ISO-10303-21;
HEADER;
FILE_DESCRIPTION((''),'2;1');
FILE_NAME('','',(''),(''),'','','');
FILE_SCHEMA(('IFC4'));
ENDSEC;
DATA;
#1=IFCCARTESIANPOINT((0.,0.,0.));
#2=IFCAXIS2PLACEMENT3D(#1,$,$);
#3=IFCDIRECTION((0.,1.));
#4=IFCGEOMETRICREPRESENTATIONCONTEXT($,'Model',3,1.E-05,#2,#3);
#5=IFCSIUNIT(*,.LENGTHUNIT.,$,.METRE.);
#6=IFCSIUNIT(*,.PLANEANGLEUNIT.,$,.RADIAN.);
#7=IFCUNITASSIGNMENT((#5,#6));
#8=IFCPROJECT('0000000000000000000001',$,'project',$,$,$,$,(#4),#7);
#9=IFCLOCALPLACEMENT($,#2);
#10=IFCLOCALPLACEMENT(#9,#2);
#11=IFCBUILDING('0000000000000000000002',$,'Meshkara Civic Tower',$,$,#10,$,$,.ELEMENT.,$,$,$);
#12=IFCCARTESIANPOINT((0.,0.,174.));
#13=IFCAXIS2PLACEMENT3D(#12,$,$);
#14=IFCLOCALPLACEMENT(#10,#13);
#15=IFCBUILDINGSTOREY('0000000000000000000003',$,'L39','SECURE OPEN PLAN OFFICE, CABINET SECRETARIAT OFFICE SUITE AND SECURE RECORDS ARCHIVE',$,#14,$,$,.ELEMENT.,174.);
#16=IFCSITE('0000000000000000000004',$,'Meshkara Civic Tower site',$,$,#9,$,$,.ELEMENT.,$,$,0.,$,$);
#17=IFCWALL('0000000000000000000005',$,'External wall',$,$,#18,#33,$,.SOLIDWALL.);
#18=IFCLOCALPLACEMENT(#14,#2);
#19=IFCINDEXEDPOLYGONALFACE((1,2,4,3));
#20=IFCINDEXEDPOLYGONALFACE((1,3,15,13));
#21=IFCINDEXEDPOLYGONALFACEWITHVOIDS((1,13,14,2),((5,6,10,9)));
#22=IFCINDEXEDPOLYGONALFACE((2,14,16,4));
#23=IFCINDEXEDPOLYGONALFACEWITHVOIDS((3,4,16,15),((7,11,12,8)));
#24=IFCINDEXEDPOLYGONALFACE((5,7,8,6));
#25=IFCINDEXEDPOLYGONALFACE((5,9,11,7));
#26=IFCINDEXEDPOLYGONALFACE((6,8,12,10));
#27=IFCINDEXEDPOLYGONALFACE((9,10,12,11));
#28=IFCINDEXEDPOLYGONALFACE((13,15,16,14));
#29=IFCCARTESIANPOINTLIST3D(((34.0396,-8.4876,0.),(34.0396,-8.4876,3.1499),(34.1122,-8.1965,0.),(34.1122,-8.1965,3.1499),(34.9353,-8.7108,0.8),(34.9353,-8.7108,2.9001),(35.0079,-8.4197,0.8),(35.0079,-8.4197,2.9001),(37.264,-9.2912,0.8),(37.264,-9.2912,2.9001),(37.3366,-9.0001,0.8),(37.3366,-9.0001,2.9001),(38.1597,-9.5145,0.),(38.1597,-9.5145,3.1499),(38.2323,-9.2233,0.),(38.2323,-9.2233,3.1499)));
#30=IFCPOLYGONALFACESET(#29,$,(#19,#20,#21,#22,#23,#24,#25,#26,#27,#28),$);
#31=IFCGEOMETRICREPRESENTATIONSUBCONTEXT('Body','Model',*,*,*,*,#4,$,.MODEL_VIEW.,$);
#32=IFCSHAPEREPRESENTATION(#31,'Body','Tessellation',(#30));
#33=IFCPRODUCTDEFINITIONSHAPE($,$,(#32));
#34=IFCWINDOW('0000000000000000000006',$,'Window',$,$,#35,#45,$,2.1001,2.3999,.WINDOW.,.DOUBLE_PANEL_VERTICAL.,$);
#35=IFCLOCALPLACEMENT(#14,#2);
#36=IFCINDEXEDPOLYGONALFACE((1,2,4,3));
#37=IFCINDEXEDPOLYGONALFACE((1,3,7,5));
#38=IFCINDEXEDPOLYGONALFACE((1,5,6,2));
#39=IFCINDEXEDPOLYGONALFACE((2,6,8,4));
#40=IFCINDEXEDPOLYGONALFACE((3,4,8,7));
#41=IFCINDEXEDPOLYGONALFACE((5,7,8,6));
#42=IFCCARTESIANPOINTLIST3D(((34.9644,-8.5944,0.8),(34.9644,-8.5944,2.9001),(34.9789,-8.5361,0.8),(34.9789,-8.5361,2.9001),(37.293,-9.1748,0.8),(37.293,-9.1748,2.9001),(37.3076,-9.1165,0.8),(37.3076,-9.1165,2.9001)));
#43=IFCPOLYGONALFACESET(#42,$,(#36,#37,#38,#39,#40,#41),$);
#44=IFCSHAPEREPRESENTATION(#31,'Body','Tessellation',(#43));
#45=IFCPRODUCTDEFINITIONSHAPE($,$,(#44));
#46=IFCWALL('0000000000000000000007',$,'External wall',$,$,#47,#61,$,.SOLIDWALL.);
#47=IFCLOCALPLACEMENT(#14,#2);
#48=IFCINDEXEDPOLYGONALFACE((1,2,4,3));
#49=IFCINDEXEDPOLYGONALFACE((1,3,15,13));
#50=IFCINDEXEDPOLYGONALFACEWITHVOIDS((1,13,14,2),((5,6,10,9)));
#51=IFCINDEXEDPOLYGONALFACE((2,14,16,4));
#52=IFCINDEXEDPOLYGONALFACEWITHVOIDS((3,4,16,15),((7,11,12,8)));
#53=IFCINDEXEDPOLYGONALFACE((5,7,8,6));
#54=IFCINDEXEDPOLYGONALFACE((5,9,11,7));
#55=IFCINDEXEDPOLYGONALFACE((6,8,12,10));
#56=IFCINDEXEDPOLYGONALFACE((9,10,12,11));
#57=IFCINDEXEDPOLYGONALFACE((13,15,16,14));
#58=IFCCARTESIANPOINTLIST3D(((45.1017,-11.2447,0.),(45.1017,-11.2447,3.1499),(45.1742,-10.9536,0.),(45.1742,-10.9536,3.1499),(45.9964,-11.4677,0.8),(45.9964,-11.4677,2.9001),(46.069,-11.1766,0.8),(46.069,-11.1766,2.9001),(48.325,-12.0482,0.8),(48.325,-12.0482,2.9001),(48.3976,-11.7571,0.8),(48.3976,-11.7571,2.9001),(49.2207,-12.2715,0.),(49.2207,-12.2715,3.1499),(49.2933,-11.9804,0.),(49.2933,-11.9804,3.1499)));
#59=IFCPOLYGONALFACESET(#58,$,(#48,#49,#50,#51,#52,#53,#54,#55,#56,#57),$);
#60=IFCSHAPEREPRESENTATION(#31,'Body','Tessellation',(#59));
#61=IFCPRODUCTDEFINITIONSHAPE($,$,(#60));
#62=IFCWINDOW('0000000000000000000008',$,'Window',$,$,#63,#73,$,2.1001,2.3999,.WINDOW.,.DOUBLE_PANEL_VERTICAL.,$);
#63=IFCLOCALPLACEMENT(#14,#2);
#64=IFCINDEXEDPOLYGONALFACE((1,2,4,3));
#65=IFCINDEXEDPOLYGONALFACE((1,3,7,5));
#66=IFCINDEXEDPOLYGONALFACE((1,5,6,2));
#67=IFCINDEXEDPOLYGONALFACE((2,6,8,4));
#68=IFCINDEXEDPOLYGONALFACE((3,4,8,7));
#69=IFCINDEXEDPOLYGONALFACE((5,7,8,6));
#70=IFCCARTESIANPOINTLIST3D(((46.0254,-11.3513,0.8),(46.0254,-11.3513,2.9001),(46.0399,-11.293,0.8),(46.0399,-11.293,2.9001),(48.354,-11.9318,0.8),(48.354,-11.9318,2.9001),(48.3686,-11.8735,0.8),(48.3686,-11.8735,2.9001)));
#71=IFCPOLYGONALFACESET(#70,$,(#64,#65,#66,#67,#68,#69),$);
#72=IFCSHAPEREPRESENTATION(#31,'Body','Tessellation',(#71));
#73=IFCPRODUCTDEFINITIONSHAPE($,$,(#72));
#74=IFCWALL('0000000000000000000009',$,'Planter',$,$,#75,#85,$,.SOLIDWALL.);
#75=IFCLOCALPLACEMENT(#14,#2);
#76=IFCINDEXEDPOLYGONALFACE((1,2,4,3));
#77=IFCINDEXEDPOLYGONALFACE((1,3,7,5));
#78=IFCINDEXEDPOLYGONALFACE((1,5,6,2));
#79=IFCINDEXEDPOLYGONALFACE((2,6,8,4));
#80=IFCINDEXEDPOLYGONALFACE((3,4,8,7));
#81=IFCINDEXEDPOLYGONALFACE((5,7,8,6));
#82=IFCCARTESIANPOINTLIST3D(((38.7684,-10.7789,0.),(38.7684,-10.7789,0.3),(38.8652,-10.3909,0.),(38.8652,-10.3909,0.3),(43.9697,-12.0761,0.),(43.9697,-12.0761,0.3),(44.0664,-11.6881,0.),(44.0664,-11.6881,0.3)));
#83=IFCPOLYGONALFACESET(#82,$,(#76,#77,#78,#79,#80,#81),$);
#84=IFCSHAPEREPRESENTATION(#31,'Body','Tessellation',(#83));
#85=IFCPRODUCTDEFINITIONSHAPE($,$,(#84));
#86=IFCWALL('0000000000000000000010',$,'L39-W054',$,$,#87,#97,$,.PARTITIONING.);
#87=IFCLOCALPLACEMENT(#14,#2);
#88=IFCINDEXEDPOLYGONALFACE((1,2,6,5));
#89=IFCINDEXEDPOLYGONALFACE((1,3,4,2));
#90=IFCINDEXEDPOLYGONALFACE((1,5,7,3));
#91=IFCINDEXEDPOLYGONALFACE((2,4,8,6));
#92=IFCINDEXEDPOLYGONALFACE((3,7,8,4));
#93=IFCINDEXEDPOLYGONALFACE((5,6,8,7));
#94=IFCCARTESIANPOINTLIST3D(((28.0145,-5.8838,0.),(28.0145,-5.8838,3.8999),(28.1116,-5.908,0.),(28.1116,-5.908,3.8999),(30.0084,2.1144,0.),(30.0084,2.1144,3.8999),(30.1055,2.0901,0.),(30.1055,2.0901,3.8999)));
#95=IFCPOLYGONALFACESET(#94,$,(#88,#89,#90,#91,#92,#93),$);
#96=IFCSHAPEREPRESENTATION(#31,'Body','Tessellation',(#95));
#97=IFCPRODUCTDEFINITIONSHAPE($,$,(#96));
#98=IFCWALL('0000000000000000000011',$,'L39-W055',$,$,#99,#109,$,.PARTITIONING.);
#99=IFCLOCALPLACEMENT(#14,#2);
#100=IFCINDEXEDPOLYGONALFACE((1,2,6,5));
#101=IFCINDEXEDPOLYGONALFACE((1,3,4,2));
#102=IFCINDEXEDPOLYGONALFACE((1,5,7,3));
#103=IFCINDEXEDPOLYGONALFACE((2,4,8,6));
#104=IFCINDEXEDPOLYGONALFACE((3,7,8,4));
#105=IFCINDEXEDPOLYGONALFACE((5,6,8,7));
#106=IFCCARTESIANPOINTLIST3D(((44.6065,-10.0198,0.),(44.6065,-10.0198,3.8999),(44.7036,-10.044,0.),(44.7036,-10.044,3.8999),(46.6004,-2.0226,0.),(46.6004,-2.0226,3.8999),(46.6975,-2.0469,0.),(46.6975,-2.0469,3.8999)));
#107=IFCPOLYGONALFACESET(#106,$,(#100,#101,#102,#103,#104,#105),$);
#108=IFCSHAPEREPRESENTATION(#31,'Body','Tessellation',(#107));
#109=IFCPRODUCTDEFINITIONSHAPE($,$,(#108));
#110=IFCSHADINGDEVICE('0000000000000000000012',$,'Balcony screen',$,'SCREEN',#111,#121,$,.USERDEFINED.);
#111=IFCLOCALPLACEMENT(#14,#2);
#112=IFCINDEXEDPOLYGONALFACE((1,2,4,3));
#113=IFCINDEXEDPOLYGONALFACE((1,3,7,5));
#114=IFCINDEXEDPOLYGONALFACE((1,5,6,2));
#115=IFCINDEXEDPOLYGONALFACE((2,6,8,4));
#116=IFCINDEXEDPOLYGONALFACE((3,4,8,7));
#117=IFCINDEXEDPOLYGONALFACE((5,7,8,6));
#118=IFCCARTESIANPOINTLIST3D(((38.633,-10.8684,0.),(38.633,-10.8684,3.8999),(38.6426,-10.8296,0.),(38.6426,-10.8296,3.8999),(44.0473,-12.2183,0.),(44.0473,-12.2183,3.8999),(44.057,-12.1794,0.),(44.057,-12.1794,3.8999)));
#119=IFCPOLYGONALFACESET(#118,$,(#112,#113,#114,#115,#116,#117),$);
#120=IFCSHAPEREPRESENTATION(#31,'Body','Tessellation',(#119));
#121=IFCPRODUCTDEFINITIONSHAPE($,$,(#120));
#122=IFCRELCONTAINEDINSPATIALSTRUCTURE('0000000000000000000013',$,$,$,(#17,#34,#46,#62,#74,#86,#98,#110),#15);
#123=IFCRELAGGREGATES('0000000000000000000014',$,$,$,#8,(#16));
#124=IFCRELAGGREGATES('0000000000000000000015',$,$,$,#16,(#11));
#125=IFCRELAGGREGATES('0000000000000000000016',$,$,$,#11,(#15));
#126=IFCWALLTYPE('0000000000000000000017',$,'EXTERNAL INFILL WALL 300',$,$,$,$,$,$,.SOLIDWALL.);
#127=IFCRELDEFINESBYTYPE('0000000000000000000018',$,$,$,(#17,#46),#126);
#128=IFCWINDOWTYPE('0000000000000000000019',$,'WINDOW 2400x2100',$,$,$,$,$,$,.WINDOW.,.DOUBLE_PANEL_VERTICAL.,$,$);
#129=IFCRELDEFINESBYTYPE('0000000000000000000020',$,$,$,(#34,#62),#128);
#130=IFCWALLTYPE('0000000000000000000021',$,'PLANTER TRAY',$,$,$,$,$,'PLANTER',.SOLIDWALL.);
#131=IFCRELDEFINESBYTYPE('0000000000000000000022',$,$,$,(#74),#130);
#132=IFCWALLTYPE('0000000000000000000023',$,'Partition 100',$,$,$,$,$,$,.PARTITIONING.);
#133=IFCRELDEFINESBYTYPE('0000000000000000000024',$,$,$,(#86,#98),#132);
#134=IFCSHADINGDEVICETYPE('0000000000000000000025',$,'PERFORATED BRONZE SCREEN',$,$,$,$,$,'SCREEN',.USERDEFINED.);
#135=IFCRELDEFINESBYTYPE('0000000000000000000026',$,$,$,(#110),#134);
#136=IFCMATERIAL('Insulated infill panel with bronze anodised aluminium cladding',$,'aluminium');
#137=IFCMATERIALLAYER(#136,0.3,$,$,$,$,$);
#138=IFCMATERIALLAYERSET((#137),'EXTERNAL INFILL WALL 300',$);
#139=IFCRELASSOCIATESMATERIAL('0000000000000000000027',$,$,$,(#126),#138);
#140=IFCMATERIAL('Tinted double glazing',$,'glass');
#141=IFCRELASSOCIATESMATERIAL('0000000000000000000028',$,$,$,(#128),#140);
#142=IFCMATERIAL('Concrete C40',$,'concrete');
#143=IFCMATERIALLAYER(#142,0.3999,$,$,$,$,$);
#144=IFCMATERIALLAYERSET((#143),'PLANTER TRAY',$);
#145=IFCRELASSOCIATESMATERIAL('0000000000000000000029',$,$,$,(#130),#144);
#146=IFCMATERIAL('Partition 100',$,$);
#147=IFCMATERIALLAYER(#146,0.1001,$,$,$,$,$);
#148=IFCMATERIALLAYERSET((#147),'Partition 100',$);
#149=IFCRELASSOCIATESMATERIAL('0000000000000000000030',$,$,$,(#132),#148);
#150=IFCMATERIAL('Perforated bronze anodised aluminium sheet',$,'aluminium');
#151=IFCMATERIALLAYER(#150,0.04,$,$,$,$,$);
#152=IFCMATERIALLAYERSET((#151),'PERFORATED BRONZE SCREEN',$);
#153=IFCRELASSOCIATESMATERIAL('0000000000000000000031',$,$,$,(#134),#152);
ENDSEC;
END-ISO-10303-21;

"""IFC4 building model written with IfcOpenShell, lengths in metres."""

from ifc_helpers import new_model, si_unit, direction, frame, frame_2d, origin, origin_2d, place, context, subcontext, project, spatial, rectangle, extrude, material, layer, layer_set, type_object, element, fill, save


model = new_model("IFC4")

# Units and contexts
model_context = context("Model", 3, precision=1e-05, world=origin(), true_north=direction((0.0, 1.0)))
body_context = subcontext(model_context, "Body", "Model", "MODEL_VIEW")
ifc_project = project(units=[si_unit("LENGTHUNIT", "METRE"), si_unit("PLANEANGLEUNIT", "RADIAN")], contexts=[model_context])

# Site, building, storey
site_placement = place(None, origin())
site = spatial("IfcSite", under=ifc_project, at=site_placement, Name="Meshkara Civic Tower site", CompositionType="ELEMENT", RefElevation=0.0)
building_placement = place(site_placement, origin())
building = spatial("IfcBuilding", under=site, at=building_placement, Name="Meshkara Civic Tower", CompositionType="ELEMENT")
storey_placement = place(building_placement, frame((0.0, 0.0, 174.0)))
storey = spatial("IfcBuildingStorey", under=building, at=storey_placement, Name="L39", Description="SECURE OPEN PLAN OFFICE, CABINET SECRETARIAT OFFICE SUITE AND SECURE RECORDS ARCHIVE", CompositionType="ELEMENT", Elevation=174.0)

# Walls, openings, windows
ifc_material_1 = material(Name="Insulated infill panel with bronze anodised aluminium cladding", Category="aluminium")
ifc_layer_1 = layer(ifc_material_1, 0.3)
ifc_layer_set_1 = layer_set([ifc_layer_1], Name="EXTERNAL INFILL WALL 300")
wall_type_1 = type_object("IfcWallType", Name="EXTERNAL INFILL WALL 300", PredefinedType="SOLIDWALL", material=ifc_layer_set_1)
ifc_material_2 = material(Name="Tinted double glazing", Category="glass")
window_type = type_object("IfcWindowType", Name="WINDOW 2400x2100", PartitioningType="DOUBLE_PANEL_VERTICAL", PredefinedType="WINDOW", material=ifc_material_2)
wall_1_placement = place(storey_placement, frame((34.0759, -8.342, 0.0), z_axis=(0.0, 0.0, 1.0), x_axis=(0.970318, -0.241832, 0.0)))
wall_1 = element("IfcWall", 1, at=wall_1_placement, inside=storey, type_object=wall_type_1, Name="External wall", PredefinedType="SOLIDWALL", context=body_context, shape_type="SweptSolid", body=[
    extrude(rectangle(XDim=4.2461, YDim=0.3, at=frame_2d((2.123, 0.0))), origin(), (0.0, 0.0, 1.0), 3.1499),
])
opening_1_placement = place(wall_1_placement, frame((0.9231, 0.0, 0.8)))
opening_1 = element("IfcOpeningElement", 2, at=opening_1_placement, cuts=wall_1, PredefinedType="OPENING", context=body_context, shape_type="SweptSolid", body=[
    extrude(rectangle(XDim=2.3999, YDim=2.1001, at=frame_2d((1.2, 1.05))), frame((0.0, 0.1599, 0.0), z_axis=(0.0, -1.0, 0.0), x_axis=(1.0, 0.0, 0.0)), (0.0, 0.0, 1.0), 0.3201),
])
window_1_placement = place(opening_1_placement, origin())
window_1 = element("IfcWindow", 3, at=window_1_placement, inside=storey, type_object=window_type, Name="Window", OverallHeight=2.1001, OverallWidth=2.3999, PartitioningType="DOUBLE_PANEL_VERTICAL", PredefinedType="WINDOW", context=body_context, shape_type="SweptSolid", body=[
    extrude(rectangle(XDim=2.3999, YDim=2.1001, at=frame_2d((1.2, 1.05))), frame((0.0, 0.03, 0.0), z_axis=(0.0, -1.0, 0.0), x_axis=(1.0, 0.0, 0.0)), (0.0, 0.0, 1.0), 0.0601),
])
fill(opening_1, window_1)
wall_2_placement = place(storey_placement, frame((45.1379, -11.0991, 0.0), z_axis=(0.0, 0.0, 1.0), x_axis=(0.970305, -0.241886, 0.0)))
wall_2 = element("IfcWall", 4, at=wall_2_placement, inside=storey, type_object=wall_type_1, Name="External wall", PredefinedType="SOLIDWALL", context=body_context, shape_type="SweptSolid", body=[
    extrude(rectangle(XDim=4.2451, YDim=0.3, at=frame_2d((2.1226, 0.0))), origin(), (0.0, 0.0, 1.0), 3.1499),
])
opening_2_placement = place(wall_2_placement, frame((0.9221, 0.0, 0.8)))
opening_2 = element("IfcOpeningElement", 5, at=opening_2_placement, cuts=wall_2, PredefinedType="OPENING", context=body_context, shape_type="SweptSolid", body=[
    extrude(rectangle(XDim=2.3999, YDim=2.1001, at=frame_2d((1.2, 1.05))), frame((0.0, 0.1599, 0.0), z_axis=(0.0, -1.0, 0.0), x_axis=(1.0, 0.0, 0.0)), (0.0, 0.0, 1.0), 0.3201),
])
window_2_placement = place(opening_2_placement, origin())
window_2 = element("IfcWindow", 6, at=window_2_placement, inside=storey, type_object=window_type, Name="Window", OverallHeight=2.1001, OverallWidth=2.3999, PartitioningType="DOUBLE_PANEL_VERTICAL", PredefinedType="WINDOW", context=body_context, shape_type="SweptSolid", body=[
    extrude(rectangle(XDim=2.3999, YDim=2.1001, at=frame_2d((1.2, 1.05))), frame((0.0, 0.03, 0.0), z_axis=(0.0, -1.0, 0.0), x_axis=(1.0, 0.0, 0.0)), (0.0, 0.0, 1.0), 0.0601),
])
fill(opening_2, window_2)

# Walls
ifc_material_3 = material(Name="Concrete C40", Category="concrete")
ifc_layer_2 = layer(ifc_material_3, 0.3999)
ifc_layer_set_2 = layer_set([ifc_layer_2], Name="PLANTER TRAY")
wall_type_2 = type_object("IfcWallType", Name="PLANTER TRAY", ElementType="PLANTER", PredefinedType="SOLIDWALL", material=ifc_layer_set_2)
wall_3_placement = place(storey_placement, frame((38.8169, -10.585, 0.0), z_axis=(0.0, 0.0, 1.0), x_axis=(0.970282, -0.241978, 0.0)))
element("IfcWall", 7, at=wall_3_placement, inside=storey, type_object=wall_type_2, Name="Planter", PredefinedType="SOLIDWALL", context=body_context, shape_type="SweptSolid", body=[
    extrude(rectangle(XDim=5.3606, YDim=0.3999, at=frame_2d((2.6802, 0.0))), origin(), (0.0, 0.0, 1.0), 0.3),
])
ifc_material_4 = material(Name="Partition 100")
ifc_layer_3 = layer(ifc_material_4, 0.1001)
ifc_layer_set_3 = layer_set([ifc_layer_3], Name="Partition 100")
wall_type_3 = type_object("IfcWallType", Name="Partition 100", PredefinedType="PARTITIONING", material=ifc_layer_set_3)
wall_4_placement = place(storey_placement, frame((28.063, -5.896, 0.0), z_axis=(0.0, 0.0, 1.0), x_axis=(0.241894, 0.970303, 0.0)))
element("IfcWall", 8, at=wall_4_placement, inside=storey, type_object=wall_type_3, Name="L39-W054", PredefinedType="PARTITIONING", context=body_context, shape_type="SweptSolid", body=[
    extrude(rectangle(XDim=8.2429, YDim=0.1001, at=frame_2d((4.1216, 0.0))), origin(), (0.0, 0.0, 1.0), 3.8999),
])
wall_5_placement = place(storey_placement, frame((44.655, -10.032, 0.0), z_axis=(0.0, 0.0, 1.0), x_axis=(0.241922, 0.970296, 0.0)))
element("IfcWall", 9, at=wall_5_placement, inside=storey, type_object=wall_type_3, Name="L39-W055", PredefinedType="PARTITIONING", context=body_context, shape_type="SweptSolid", body=[
    extrude(rectangle(XDim=8.2419, YDim=0.1001, at=frame_2d((4.1211, 0.0))), origin(), (0.0, 0.0, 1.0), 3.8999),
])

# Shading device
ifc_material_5 = material(Name="Perforated bronze anodised aluminium sheet", Category="aluminium")
ifc_layer_4 = layer(ifc_material_5, 0.04)
ifc_layer_set_4 = layer_set([ifc_layer_4], Name="PERFORATED BRONZE SCREEN")
shading_device_type = type_object("IfcShadingDeviceType", Name="PERFORATED BRONZE SCREEN", ElementType="SCREEN", PredefinedType="USERDEFINED", material=ifc_layer_set_4)
shading_device_placement = place(storey_placement, frame((41.345, -11.5239, 0.0), z_axis=(0.0, 0.0, 1.0), x_axis=(0.9703, -0.241905, 0.0)))
element("IfcShadingDevice", 10, at=shading_device_placement, inside=storey, type_object=shading_device_type, Name="Balcony screen", ObjectType="SCREEN", PredefinedType="USERDEFINED", context=body_context, shape_type="SweptSolid", body=[
    extrude(rectangle(XDim=5.5801, YDim=0.04, at=origin_2d()), origin(), (0.0, 0.0, 1.0), 3.8999),
])

save(model, "model.ifc")
